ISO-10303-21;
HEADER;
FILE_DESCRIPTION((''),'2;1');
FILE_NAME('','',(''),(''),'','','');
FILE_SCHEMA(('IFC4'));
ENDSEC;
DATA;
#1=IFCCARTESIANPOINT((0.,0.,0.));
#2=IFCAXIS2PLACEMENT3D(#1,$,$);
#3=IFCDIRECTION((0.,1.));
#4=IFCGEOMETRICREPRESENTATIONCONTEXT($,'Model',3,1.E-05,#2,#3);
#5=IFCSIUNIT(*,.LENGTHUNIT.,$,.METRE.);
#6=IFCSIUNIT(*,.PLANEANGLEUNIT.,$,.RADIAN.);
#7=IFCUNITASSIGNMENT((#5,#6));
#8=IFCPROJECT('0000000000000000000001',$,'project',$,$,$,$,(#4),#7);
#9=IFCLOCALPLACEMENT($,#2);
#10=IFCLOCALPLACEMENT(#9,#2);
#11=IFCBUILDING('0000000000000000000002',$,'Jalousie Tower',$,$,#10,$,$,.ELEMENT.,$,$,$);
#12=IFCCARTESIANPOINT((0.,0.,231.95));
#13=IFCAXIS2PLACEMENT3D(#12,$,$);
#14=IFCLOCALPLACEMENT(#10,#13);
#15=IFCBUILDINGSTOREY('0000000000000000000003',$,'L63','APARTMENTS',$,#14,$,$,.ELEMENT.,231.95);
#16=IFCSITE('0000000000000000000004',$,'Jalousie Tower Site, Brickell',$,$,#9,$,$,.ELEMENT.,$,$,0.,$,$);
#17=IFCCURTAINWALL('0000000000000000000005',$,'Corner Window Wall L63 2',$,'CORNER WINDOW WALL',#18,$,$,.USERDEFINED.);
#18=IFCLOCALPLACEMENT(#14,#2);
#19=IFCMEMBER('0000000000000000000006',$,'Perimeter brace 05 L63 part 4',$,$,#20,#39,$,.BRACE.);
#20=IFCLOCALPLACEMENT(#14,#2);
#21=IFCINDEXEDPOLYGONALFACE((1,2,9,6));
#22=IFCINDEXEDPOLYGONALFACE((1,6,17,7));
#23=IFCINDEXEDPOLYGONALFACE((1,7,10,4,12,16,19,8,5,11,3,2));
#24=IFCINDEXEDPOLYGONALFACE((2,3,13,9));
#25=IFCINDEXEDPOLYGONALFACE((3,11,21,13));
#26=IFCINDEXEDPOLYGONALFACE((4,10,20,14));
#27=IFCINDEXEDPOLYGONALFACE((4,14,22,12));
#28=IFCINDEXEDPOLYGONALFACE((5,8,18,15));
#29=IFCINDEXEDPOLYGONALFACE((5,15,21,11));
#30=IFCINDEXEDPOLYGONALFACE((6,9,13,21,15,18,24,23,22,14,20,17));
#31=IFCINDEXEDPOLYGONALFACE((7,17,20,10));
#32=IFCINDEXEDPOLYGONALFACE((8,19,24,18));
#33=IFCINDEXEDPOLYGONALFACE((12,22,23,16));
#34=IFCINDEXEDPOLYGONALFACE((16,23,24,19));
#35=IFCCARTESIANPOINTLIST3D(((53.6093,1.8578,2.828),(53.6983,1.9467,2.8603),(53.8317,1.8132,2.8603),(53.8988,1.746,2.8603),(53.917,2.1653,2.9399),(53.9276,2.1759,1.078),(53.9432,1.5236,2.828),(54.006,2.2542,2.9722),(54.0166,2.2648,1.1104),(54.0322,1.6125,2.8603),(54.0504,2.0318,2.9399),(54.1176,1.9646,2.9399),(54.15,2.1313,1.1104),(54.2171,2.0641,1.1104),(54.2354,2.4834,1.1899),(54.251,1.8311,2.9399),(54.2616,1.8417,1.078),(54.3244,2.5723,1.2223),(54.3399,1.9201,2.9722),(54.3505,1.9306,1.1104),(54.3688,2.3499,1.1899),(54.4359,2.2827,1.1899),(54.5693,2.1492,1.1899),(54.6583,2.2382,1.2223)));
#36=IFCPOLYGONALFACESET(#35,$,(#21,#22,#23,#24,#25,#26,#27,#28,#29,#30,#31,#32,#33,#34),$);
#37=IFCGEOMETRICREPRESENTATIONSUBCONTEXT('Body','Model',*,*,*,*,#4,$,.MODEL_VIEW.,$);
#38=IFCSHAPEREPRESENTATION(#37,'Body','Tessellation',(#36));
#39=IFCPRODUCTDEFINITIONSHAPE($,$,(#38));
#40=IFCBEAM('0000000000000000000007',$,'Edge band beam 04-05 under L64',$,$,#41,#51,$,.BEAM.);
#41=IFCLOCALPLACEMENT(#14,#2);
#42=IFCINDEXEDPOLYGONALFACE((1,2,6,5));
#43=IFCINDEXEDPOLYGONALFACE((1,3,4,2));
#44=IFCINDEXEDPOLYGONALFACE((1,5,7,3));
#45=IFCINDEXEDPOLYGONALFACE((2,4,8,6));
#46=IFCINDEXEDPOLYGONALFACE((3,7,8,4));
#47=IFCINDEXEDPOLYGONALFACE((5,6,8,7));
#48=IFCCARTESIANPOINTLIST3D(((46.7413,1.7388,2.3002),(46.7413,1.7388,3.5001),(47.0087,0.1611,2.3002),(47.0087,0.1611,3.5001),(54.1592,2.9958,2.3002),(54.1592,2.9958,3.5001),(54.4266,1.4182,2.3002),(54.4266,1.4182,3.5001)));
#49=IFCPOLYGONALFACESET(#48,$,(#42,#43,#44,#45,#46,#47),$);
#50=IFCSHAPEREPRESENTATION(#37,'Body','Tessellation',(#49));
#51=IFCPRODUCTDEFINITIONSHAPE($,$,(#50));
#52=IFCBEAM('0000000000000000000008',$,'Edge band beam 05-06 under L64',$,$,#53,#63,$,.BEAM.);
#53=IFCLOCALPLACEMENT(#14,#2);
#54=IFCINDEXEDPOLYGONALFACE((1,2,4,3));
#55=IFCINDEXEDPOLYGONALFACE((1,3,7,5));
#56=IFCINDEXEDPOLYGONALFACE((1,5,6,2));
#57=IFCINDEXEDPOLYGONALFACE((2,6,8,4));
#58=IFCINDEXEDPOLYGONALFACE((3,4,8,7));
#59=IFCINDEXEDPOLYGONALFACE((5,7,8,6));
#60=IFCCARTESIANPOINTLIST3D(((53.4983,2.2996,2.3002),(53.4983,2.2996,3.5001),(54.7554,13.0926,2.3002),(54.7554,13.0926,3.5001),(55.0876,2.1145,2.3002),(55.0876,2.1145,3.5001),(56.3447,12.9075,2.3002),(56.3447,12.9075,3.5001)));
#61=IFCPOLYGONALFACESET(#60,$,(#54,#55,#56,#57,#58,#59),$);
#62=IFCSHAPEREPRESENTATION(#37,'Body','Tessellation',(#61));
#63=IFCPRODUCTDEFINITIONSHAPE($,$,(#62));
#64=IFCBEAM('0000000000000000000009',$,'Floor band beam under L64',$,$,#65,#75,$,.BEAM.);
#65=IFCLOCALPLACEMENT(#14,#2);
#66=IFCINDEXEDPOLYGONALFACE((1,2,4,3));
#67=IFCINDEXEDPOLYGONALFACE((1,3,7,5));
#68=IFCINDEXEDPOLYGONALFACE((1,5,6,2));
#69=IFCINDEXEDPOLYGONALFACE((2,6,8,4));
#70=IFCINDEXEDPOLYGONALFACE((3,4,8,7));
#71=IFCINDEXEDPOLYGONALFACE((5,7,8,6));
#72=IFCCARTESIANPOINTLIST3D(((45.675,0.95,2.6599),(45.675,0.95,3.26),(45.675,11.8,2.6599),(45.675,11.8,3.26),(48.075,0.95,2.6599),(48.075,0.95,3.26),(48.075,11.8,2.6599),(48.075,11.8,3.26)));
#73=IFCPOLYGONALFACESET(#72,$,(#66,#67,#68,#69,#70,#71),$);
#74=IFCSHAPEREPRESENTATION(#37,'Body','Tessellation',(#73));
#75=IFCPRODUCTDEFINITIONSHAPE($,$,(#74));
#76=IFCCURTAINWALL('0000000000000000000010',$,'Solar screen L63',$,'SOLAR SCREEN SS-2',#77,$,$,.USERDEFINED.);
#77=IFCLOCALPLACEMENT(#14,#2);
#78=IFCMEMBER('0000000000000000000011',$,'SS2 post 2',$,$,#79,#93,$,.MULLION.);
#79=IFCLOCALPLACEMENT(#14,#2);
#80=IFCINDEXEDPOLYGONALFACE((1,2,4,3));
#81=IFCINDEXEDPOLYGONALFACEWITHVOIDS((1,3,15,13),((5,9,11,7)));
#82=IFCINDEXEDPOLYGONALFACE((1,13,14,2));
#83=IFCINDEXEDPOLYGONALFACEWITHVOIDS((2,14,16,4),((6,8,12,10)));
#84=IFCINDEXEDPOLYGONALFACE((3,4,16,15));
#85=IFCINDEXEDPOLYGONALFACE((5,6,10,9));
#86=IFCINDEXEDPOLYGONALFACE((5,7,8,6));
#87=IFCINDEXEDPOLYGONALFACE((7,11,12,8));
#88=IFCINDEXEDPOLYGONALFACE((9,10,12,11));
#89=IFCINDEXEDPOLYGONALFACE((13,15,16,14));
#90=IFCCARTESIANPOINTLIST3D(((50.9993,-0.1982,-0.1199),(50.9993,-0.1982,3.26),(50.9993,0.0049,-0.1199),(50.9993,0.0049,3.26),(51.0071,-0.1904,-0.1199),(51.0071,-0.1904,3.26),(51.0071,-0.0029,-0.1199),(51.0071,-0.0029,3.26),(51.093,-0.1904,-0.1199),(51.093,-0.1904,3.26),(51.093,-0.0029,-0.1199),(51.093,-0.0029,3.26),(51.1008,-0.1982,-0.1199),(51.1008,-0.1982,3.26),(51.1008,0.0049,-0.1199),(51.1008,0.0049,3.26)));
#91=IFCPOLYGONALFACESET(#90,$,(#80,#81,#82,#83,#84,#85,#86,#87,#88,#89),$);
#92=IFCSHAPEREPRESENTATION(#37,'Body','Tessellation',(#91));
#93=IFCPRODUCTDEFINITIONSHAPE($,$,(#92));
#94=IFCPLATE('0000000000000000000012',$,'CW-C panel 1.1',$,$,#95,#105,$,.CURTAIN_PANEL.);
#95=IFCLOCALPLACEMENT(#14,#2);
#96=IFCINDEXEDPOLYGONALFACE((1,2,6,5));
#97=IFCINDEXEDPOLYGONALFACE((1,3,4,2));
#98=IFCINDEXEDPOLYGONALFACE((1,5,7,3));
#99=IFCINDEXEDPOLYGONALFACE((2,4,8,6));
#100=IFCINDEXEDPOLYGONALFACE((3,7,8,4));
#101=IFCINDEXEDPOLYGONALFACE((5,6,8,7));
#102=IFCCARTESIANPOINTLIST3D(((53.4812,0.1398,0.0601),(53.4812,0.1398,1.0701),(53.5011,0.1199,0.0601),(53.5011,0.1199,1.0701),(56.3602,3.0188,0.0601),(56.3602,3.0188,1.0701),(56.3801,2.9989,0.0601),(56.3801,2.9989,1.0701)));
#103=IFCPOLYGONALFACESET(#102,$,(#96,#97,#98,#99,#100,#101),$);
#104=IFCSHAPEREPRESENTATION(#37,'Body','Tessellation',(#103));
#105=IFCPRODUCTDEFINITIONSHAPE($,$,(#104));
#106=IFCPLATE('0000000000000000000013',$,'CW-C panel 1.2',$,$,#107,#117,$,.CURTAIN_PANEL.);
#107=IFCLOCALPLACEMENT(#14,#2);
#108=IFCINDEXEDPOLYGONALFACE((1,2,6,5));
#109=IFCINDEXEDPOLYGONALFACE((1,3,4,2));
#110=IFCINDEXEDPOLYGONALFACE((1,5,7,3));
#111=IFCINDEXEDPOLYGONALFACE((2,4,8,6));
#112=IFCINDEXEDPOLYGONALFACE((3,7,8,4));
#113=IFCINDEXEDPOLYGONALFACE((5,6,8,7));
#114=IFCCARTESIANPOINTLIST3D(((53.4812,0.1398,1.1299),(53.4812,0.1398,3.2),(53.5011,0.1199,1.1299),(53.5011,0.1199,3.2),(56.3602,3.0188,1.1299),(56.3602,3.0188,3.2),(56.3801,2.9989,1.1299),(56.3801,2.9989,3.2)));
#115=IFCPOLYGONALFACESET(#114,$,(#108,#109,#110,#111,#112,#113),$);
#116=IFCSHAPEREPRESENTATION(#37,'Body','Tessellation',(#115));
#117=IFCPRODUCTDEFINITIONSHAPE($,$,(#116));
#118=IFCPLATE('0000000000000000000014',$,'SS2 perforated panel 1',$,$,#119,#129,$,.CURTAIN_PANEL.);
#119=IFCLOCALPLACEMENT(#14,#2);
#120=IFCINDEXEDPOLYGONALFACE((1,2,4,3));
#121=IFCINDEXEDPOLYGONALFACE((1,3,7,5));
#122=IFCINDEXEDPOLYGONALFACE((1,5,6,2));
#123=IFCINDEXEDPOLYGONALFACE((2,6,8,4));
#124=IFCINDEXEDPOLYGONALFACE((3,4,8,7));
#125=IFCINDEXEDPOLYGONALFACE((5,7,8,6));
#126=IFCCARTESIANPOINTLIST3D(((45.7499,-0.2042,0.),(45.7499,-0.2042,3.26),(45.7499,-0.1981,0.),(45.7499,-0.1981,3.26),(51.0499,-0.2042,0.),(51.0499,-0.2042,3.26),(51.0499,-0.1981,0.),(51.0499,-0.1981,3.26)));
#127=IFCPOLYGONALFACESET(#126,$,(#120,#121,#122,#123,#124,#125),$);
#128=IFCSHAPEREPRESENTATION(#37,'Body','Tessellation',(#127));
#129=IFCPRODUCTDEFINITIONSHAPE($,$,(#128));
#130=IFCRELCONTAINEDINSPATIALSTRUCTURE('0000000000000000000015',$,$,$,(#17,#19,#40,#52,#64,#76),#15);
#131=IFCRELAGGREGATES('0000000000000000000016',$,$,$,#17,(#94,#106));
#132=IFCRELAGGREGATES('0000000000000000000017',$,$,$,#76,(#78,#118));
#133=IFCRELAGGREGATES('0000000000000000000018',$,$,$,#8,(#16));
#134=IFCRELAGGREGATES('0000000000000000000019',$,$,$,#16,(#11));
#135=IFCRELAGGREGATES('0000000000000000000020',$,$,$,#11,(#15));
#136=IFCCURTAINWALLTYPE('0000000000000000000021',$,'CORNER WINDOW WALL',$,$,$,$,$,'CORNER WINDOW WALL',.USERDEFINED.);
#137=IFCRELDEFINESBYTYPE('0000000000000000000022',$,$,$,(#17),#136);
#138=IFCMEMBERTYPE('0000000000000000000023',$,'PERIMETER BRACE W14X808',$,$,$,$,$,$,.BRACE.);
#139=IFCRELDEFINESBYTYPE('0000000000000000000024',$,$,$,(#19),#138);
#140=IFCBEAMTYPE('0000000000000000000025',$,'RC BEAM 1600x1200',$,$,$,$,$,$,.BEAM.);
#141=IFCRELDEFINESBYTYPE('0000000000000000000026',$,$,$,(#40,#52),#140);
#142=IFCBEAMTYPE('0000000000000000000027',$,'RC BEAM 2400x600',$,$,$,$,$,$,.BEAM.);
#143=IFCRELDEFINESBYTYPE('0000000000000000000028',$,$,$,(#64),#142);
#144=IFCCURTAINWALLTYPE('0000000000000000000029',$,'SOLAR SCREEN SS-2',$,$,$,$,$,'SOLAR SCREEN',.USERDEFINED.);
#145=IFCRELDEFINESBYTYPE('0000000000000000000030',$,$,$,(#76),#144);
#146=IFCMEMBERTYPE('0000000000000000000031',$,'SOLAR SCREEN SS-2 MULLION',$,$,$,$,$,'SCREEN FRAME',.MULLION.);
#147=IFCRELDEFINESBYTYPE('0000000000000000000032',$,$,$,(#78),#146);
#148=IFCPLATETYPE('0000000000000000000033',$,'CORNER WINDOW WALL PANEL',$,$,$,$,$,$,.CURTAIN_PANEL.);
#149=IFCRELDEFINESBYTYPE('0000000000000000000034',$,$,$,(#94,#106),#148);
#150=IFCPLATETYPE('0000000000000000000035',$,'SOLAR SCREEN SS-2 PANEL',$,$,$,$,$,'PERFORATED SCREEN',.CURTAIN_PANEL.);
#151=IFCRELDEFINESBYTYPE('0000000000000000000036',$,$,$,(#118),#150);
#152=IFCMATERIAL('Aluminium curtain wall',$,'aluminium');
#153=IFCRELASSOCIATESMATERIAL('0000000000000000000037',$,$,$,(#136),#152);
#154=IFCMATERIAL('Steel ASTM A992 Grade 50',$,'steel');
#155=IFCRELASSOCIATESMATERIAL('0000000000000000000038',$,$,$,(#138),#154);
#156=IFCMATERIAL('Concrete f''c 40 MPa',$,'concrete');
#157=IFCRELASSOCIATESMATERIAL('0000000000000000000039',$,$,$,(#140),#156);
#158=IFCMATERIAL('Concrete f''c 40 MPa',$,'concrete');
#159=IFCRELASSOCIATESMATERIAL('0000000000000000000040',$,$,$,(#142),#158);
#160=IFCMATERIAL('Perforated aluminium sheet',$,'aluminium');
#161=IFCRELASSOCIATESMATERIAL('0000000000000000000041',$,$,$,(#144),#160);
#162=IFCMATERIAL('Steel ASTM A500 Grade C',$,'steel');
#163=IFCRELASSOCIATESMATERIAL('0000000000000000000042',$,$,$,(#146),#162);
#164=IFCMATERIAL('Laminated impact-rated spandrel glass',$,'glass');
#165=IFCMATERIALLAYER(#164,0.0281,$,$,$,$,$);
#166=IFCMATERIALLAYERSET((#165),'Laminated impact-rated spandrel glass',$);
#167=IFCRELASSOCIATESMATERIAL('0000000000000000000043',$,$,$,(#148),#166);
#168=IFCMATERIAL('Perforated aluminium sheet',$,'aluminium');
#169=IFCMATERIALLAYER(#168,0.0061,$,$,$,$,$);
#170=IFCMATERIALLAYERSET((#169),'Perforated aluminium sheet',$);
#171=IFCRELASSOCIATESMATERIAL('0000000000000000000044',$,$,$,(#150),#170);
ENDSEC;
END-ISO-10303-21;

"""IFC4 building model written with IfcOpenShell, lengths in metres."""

from ifc_helpers import new_model, si_unit, direction, frame, origin, origin_2d, place, context, subcontext, project, spatial, rectangle, hollow_rectangle, i_section, extrude, material, layer, layer_set, material_profile, profile_set, type_object, element, aggregate, save


model = new_model("IFC4")

# Units and contexts
model_context = context("Model", 3, precision=1e-05, world=origin(), true_north=direction((0.0, 1.0)))
body_context = subcontext(model_context, "Body", "Model", "MODEL_VIEW")
ifc_project = project(units=[si_unit("LENGTHUNIT", "METRE"), si_unit("PLANEANGLEUNIT", "RADIAN")], contexts=[model_context])

# Site, building, storey
site_placement = place(None, origin())
site = spatial("IfcSite", under=ifc_project, at=site_placement, Name="Jalousie Tower Site, Brickell", CompositionType="ELEMENT", RefElevation=0.0)
building_placement = place(site_placement, origin())
building = spatial("IfcBuilding", under=site, at=building_placement, Name="Jalousie Tower", CompositionType="ELEMENT")
storey_placement = place(building_placement, frame((0.0, 0.0, 231.95)))
storey = spatial("IfcBuildingStorey", under=building, at=storey_placement, Name="L63", Description="APARTMENTS", CompositionType="ELEMENT", Elevation=231.95)

# Curtain wall
ifc_material_1 = material(Name="Aluminium curtain wall", Category="aluminium")
curtain_wall_type_1 = type_object("IfcCurtainWallType", Name="CORNER WINDOW WALL", ElementType="CORNER WINDOW WALL", PredefinedType="USERDEFINED", material=ifc_material_1)
curtain_wall_1_placement = place(storey_placement, origin())
curtain_wall_1 = element("IfcCurtainWall", 1, at=curtain_wall_1_placement, inside=storey, type_object=curtain_wall_type_1, Name="Corner Window Wall L63 2", ObjectType="CORNER WINDOW WALL", PredefinedType="USERDEFINED")

# Member
ifc_material_2 = material(Name="Steel ASTM A992 Grade 50", Category="steel")
ifc_material_profile_1 = material_profile(ifc_material_2, i_section(OverallWidth=0.4724, OverallDepth=0.5791, WebThickness=0.095, FlangeThickness=0.1299, at=origin_2d()), Name="W14X808")
ifc_profile_set_1 = profile_set([ifc_material_profile_1], Name="Steel ASTM A992 Grade 50")
member_type_1 = type_object("IfcMemberType", Name="PERIMETER BRACE W14X808", PredefinedType="BRACE", material=ifc_profile_set_1)
for number, where, z_axis, x_axis, name in (
    (2, (54.293, 2.207, 1.1501), (-0.176187, -0.176051, 0.968486), (0.706835, -0.707378, 0.0), "Perimeter brace 05 L63 part 4"),
):
    element("IfcMember", number, at=place(storey_placement, frame(where, z_axis=z_axis, x_axis=x_axis)), inside=storey, type_object=member_type_1, Name=name, PredefinedType="BRACE", context=body_context, shape_type="SweptSolid", body=[
        extrude(i_section(OverallWidth=0.4724, OverallDepth=0.5791, WebThickness=0.095, FlangeThickness=0.1299, at=origin_2d()), origin(), (0.0, 0.0, 1.0), 1.8069),
    ])

# Beams
ifc_material_3 = material(Name="Concrete f'c 40 MPa", Category="concrete")
ifc_material_profile_2 = material_profile(ifc_material_3, rectangle(XDim=1.6001, YDim=1.2, at=origin_2d()), Name="RC 1600x1200")
ifc_profile_set_2 = profile_set([ifc_material_profile_2], Name="Concrete f'c 40 MPa")
beam_type_1 = type_object("IfcBeamType", Name="RC BEAM 1600x1200", PredefinedType="BEAM", material=ifc_profile_set_2)
beam_1_placement = place(storey_placement, frame((46.875, 0.95, 2.9001), z_axis=(0.985943, 0.167082, 0.0), x_axis=(-0.167082, 0.985943, 0.0)))
element("IfcBeam", 3, at=beam_1_placement, inside=storey, type_object=beam_type_1, Name="Edge band beam 04-05 under L64", PredefinedType="BEAM", context=body_context, shape_type="SweptSolid", body=[
    extrude(rectangle(XDim=1.6001, YDim=1.2, at=origin_2d()), origin(), (0.0, 0.0, 1.0), 7.5237),
])
beam_2_placement = place(storey_placement, frame((54.293, 2.207, 2.9001), z_axis=(0.11569, 0.993285, 0.0), x_axis=(-0.993285, 0.11569, 0.0)))
element("IfcBeam", 4, at=beam_2_placement, inside=storey, type_object=beam_type_1, Name="Edge band beam 05-06 under L64", PredefinedType="BEAM", context=body_context, shape_type="SweptSolid", body=[
    extrude(rectangle(XDim=1.6001, YDim=1.2, at=origin_2d()), origin(), (0.0, 0.0, 1.0), 10.866),
])
ifc_material_4 = material(Name="Concrete f'c 40 MPa", Category="concrete")
ifc_material_profile_3 = material_profile(ifc_material_4, rectangle(XDim=2.3999, YDim=0.6001, at=origin_2d()), Name="RC 2400x600")
ifc_profile_set_3 = profile_set([ifc_material_profile_3], Name="Concrete f'c 40 MPa")
beam_type_2 = type_object("IfcBeamType", Name="RC BEAM 2400x600", PredefinedType="BEAM", material=ifc_profile_set_3)
beam_3_placement = place(storey_placement, frame((46.875, 0.95, 2.96), z_axis=(0.0, 1.0, 0.0), x_axis=(-1.0, 0.0, 0.0)))
element("IfcBeam", 5, at=beam_3_placement, inside=storey, type_object=beam_type_2, Name="Floor band beam under L64", PredefinedType="BEAM", context=body_context, shape_type="SweptSolid", body=[
    extrude(rectangle(XDim=2.3999, YDim=0.6001, at=origin_2d()), origin(), (0.0, 0.0, 1.0), 10.8501),
])

# Curtain wall, member
ifc_material_5 = material(Name="Perforated aluminium sheet", Category="aluminium")
curtain_wall_type_2 = type_object("IfcCurtainWallType", Name="SOLAR SCREEN SS-2", ElementType="SOLAR SCREEN", PredefinedType="USERDEFINED", material=ifc_material_5)
curtain_wall_2_placement = place(storey_placement, origin())
curtain_wall_2 = element("IfcCurtainWall", 6, at=curtain_wall_2_placement, inside=storey, type_object=curtain_wall_type_2, Name="Solar screen L63", ObjectType="SOLAR SCREEN SS-2", PredefinedType="USERDEFINED")
ifc_material_6 = material(Name="Steel ASTM A500 Grade C", Category="steel")
ifc_material_profile_4 = material_profile(ifc_material_6, hollow_rectangle(XDim=0.1016, YDim=0.2031, WallThickness=0.0078, at=origin_2d()), Name="HSS8X4X5/16")
ifc_profile_set_4 = profile_set([ifc_material_profile_4], Name="Steel ASTM A500 Grade C")
member_type_2 = type_object("IfcMemberType", Name="SOLAR SCREEN SS-2 MULLION", ElementType="SCREEN FRAME", PredefinedType="MULLION", material=ifc_profile_set_4)
member_1_placement = place(storey_placement, frame((51.05, -0.0967, -0.1199), z_axis=(0.0, 0.0, 1.0), x_axis=(1.0, 0.0, 0.0)))
member_1 = element("IfcMember", 7, at=member_1_placement, type_object=member_type_2, Name="SS2 post 2", PredefinedType="MULLION", context=body_context, shape_type="SweptSolid", body=[
    extrude(hollow_rectangle(XDim=0.1016, YDim=0.2031, WallThickness=0.0078, at=origin_2d()), origin(), (0.0, 0.0, 1.0), 3.3799),
])

# Plates
ifc_material_7 = material(Name="Laminated impact-rated spandrel glass", Category="glass")
ifc_layer_1 = layer(ifc_material_7, 0.0281)
ifc_layer_set_1 = layer_set([ifc_layer_1], Name="Laminated impact-rated spandrel glass")
plate_type_1 = type_object("IfcPlateType", Name="CORNER WINDOW WALL PANEL", PredefinedType="CURTAIN_PANEL", material=ifc_layer_set_1)
plate_1_placement = place(storey_placement, frame((54.9307, 1.5693, 0.0601), z_axis=(0.0, 0.0, 1.0), x_axis=(0.707107, 0.707107, 0.0)))
plate_1 = element("IfcPlate", 8, at=plate_1_placement, type_object=plate_type_1, Name="CW-C panel 1.1", PredefinedType="CURTAIN_PANEL", context=body_context, shape_type="SweptSolid", body=[
    extrude(rectangle(XDim=4.0715, YDim=0.0281, at=origin_2d()), origin(), (0.0, 0.0, 1.0), 1.01),
])
plate_2_placement = place(storey_placement, frame((54.9307, 1.5693, 1.1299), z_axis=(0.0, 0.0, 1.0), x_axis=(0.707107, 0.707107, 0.0)))
plate_2 = element("IfcPlate", 9, at=plate_2_placement, type_object=plate_type_1, Name="CW-C panel 1.2", PredefinedType="CURTAIN_PANEL", context=body_context, shape_type="SweptSolid", body=[
    extrude(rectangle(XDim=4.0715, YDim=0.0281, at=origin_2d()), origin(), (0.0, 0.0, 1.0), 2.0701),
])
aggregate(curtain_wall_1, [plate_1, plate_2])
ifc_material_8 = material(Name="Perforated aluminium sheet", Category="aluminium")
ifc_layer_2 = layer(ifc_material_8, 0.0061)
ifc_layer_set_2 = layer_set([ifc_layer_2], Name="Perforated aluminium sheet")
plate_type_2 = type_object("IfcPlateType", Name="SOLAR SCREEN SS-2 PANEL", ElementType="PERFORATED SCREEN", PredefinedType="CURTAIN_PANEL", material=ifc_layer_set_2)
plate_3_placement = place(storey_placement, frame((48.3999, -0.2012, 0.0), z_axis=(0.0, 0.0, 1.0), x_axis=(1.0, 0.0, 0.0)))
plate_3 = element("IfcPlate", 10, at=plate_3_placement, type_object=plate_type_2, Name="SS2 perforated panel 1", PredefinedType="CURTAIN_PANEL", context=body_context, shape_type="SweptSolid", body=[
    extrude(rectangle(XDim=5.3, YDim=0.0061, at=origin_2d()), origin(), (0.0, 0.0, 1.0), 3.26),
])
aggregate(curtain_wall_2, [member_1, plate_3])

save(model, "model.ifc")
